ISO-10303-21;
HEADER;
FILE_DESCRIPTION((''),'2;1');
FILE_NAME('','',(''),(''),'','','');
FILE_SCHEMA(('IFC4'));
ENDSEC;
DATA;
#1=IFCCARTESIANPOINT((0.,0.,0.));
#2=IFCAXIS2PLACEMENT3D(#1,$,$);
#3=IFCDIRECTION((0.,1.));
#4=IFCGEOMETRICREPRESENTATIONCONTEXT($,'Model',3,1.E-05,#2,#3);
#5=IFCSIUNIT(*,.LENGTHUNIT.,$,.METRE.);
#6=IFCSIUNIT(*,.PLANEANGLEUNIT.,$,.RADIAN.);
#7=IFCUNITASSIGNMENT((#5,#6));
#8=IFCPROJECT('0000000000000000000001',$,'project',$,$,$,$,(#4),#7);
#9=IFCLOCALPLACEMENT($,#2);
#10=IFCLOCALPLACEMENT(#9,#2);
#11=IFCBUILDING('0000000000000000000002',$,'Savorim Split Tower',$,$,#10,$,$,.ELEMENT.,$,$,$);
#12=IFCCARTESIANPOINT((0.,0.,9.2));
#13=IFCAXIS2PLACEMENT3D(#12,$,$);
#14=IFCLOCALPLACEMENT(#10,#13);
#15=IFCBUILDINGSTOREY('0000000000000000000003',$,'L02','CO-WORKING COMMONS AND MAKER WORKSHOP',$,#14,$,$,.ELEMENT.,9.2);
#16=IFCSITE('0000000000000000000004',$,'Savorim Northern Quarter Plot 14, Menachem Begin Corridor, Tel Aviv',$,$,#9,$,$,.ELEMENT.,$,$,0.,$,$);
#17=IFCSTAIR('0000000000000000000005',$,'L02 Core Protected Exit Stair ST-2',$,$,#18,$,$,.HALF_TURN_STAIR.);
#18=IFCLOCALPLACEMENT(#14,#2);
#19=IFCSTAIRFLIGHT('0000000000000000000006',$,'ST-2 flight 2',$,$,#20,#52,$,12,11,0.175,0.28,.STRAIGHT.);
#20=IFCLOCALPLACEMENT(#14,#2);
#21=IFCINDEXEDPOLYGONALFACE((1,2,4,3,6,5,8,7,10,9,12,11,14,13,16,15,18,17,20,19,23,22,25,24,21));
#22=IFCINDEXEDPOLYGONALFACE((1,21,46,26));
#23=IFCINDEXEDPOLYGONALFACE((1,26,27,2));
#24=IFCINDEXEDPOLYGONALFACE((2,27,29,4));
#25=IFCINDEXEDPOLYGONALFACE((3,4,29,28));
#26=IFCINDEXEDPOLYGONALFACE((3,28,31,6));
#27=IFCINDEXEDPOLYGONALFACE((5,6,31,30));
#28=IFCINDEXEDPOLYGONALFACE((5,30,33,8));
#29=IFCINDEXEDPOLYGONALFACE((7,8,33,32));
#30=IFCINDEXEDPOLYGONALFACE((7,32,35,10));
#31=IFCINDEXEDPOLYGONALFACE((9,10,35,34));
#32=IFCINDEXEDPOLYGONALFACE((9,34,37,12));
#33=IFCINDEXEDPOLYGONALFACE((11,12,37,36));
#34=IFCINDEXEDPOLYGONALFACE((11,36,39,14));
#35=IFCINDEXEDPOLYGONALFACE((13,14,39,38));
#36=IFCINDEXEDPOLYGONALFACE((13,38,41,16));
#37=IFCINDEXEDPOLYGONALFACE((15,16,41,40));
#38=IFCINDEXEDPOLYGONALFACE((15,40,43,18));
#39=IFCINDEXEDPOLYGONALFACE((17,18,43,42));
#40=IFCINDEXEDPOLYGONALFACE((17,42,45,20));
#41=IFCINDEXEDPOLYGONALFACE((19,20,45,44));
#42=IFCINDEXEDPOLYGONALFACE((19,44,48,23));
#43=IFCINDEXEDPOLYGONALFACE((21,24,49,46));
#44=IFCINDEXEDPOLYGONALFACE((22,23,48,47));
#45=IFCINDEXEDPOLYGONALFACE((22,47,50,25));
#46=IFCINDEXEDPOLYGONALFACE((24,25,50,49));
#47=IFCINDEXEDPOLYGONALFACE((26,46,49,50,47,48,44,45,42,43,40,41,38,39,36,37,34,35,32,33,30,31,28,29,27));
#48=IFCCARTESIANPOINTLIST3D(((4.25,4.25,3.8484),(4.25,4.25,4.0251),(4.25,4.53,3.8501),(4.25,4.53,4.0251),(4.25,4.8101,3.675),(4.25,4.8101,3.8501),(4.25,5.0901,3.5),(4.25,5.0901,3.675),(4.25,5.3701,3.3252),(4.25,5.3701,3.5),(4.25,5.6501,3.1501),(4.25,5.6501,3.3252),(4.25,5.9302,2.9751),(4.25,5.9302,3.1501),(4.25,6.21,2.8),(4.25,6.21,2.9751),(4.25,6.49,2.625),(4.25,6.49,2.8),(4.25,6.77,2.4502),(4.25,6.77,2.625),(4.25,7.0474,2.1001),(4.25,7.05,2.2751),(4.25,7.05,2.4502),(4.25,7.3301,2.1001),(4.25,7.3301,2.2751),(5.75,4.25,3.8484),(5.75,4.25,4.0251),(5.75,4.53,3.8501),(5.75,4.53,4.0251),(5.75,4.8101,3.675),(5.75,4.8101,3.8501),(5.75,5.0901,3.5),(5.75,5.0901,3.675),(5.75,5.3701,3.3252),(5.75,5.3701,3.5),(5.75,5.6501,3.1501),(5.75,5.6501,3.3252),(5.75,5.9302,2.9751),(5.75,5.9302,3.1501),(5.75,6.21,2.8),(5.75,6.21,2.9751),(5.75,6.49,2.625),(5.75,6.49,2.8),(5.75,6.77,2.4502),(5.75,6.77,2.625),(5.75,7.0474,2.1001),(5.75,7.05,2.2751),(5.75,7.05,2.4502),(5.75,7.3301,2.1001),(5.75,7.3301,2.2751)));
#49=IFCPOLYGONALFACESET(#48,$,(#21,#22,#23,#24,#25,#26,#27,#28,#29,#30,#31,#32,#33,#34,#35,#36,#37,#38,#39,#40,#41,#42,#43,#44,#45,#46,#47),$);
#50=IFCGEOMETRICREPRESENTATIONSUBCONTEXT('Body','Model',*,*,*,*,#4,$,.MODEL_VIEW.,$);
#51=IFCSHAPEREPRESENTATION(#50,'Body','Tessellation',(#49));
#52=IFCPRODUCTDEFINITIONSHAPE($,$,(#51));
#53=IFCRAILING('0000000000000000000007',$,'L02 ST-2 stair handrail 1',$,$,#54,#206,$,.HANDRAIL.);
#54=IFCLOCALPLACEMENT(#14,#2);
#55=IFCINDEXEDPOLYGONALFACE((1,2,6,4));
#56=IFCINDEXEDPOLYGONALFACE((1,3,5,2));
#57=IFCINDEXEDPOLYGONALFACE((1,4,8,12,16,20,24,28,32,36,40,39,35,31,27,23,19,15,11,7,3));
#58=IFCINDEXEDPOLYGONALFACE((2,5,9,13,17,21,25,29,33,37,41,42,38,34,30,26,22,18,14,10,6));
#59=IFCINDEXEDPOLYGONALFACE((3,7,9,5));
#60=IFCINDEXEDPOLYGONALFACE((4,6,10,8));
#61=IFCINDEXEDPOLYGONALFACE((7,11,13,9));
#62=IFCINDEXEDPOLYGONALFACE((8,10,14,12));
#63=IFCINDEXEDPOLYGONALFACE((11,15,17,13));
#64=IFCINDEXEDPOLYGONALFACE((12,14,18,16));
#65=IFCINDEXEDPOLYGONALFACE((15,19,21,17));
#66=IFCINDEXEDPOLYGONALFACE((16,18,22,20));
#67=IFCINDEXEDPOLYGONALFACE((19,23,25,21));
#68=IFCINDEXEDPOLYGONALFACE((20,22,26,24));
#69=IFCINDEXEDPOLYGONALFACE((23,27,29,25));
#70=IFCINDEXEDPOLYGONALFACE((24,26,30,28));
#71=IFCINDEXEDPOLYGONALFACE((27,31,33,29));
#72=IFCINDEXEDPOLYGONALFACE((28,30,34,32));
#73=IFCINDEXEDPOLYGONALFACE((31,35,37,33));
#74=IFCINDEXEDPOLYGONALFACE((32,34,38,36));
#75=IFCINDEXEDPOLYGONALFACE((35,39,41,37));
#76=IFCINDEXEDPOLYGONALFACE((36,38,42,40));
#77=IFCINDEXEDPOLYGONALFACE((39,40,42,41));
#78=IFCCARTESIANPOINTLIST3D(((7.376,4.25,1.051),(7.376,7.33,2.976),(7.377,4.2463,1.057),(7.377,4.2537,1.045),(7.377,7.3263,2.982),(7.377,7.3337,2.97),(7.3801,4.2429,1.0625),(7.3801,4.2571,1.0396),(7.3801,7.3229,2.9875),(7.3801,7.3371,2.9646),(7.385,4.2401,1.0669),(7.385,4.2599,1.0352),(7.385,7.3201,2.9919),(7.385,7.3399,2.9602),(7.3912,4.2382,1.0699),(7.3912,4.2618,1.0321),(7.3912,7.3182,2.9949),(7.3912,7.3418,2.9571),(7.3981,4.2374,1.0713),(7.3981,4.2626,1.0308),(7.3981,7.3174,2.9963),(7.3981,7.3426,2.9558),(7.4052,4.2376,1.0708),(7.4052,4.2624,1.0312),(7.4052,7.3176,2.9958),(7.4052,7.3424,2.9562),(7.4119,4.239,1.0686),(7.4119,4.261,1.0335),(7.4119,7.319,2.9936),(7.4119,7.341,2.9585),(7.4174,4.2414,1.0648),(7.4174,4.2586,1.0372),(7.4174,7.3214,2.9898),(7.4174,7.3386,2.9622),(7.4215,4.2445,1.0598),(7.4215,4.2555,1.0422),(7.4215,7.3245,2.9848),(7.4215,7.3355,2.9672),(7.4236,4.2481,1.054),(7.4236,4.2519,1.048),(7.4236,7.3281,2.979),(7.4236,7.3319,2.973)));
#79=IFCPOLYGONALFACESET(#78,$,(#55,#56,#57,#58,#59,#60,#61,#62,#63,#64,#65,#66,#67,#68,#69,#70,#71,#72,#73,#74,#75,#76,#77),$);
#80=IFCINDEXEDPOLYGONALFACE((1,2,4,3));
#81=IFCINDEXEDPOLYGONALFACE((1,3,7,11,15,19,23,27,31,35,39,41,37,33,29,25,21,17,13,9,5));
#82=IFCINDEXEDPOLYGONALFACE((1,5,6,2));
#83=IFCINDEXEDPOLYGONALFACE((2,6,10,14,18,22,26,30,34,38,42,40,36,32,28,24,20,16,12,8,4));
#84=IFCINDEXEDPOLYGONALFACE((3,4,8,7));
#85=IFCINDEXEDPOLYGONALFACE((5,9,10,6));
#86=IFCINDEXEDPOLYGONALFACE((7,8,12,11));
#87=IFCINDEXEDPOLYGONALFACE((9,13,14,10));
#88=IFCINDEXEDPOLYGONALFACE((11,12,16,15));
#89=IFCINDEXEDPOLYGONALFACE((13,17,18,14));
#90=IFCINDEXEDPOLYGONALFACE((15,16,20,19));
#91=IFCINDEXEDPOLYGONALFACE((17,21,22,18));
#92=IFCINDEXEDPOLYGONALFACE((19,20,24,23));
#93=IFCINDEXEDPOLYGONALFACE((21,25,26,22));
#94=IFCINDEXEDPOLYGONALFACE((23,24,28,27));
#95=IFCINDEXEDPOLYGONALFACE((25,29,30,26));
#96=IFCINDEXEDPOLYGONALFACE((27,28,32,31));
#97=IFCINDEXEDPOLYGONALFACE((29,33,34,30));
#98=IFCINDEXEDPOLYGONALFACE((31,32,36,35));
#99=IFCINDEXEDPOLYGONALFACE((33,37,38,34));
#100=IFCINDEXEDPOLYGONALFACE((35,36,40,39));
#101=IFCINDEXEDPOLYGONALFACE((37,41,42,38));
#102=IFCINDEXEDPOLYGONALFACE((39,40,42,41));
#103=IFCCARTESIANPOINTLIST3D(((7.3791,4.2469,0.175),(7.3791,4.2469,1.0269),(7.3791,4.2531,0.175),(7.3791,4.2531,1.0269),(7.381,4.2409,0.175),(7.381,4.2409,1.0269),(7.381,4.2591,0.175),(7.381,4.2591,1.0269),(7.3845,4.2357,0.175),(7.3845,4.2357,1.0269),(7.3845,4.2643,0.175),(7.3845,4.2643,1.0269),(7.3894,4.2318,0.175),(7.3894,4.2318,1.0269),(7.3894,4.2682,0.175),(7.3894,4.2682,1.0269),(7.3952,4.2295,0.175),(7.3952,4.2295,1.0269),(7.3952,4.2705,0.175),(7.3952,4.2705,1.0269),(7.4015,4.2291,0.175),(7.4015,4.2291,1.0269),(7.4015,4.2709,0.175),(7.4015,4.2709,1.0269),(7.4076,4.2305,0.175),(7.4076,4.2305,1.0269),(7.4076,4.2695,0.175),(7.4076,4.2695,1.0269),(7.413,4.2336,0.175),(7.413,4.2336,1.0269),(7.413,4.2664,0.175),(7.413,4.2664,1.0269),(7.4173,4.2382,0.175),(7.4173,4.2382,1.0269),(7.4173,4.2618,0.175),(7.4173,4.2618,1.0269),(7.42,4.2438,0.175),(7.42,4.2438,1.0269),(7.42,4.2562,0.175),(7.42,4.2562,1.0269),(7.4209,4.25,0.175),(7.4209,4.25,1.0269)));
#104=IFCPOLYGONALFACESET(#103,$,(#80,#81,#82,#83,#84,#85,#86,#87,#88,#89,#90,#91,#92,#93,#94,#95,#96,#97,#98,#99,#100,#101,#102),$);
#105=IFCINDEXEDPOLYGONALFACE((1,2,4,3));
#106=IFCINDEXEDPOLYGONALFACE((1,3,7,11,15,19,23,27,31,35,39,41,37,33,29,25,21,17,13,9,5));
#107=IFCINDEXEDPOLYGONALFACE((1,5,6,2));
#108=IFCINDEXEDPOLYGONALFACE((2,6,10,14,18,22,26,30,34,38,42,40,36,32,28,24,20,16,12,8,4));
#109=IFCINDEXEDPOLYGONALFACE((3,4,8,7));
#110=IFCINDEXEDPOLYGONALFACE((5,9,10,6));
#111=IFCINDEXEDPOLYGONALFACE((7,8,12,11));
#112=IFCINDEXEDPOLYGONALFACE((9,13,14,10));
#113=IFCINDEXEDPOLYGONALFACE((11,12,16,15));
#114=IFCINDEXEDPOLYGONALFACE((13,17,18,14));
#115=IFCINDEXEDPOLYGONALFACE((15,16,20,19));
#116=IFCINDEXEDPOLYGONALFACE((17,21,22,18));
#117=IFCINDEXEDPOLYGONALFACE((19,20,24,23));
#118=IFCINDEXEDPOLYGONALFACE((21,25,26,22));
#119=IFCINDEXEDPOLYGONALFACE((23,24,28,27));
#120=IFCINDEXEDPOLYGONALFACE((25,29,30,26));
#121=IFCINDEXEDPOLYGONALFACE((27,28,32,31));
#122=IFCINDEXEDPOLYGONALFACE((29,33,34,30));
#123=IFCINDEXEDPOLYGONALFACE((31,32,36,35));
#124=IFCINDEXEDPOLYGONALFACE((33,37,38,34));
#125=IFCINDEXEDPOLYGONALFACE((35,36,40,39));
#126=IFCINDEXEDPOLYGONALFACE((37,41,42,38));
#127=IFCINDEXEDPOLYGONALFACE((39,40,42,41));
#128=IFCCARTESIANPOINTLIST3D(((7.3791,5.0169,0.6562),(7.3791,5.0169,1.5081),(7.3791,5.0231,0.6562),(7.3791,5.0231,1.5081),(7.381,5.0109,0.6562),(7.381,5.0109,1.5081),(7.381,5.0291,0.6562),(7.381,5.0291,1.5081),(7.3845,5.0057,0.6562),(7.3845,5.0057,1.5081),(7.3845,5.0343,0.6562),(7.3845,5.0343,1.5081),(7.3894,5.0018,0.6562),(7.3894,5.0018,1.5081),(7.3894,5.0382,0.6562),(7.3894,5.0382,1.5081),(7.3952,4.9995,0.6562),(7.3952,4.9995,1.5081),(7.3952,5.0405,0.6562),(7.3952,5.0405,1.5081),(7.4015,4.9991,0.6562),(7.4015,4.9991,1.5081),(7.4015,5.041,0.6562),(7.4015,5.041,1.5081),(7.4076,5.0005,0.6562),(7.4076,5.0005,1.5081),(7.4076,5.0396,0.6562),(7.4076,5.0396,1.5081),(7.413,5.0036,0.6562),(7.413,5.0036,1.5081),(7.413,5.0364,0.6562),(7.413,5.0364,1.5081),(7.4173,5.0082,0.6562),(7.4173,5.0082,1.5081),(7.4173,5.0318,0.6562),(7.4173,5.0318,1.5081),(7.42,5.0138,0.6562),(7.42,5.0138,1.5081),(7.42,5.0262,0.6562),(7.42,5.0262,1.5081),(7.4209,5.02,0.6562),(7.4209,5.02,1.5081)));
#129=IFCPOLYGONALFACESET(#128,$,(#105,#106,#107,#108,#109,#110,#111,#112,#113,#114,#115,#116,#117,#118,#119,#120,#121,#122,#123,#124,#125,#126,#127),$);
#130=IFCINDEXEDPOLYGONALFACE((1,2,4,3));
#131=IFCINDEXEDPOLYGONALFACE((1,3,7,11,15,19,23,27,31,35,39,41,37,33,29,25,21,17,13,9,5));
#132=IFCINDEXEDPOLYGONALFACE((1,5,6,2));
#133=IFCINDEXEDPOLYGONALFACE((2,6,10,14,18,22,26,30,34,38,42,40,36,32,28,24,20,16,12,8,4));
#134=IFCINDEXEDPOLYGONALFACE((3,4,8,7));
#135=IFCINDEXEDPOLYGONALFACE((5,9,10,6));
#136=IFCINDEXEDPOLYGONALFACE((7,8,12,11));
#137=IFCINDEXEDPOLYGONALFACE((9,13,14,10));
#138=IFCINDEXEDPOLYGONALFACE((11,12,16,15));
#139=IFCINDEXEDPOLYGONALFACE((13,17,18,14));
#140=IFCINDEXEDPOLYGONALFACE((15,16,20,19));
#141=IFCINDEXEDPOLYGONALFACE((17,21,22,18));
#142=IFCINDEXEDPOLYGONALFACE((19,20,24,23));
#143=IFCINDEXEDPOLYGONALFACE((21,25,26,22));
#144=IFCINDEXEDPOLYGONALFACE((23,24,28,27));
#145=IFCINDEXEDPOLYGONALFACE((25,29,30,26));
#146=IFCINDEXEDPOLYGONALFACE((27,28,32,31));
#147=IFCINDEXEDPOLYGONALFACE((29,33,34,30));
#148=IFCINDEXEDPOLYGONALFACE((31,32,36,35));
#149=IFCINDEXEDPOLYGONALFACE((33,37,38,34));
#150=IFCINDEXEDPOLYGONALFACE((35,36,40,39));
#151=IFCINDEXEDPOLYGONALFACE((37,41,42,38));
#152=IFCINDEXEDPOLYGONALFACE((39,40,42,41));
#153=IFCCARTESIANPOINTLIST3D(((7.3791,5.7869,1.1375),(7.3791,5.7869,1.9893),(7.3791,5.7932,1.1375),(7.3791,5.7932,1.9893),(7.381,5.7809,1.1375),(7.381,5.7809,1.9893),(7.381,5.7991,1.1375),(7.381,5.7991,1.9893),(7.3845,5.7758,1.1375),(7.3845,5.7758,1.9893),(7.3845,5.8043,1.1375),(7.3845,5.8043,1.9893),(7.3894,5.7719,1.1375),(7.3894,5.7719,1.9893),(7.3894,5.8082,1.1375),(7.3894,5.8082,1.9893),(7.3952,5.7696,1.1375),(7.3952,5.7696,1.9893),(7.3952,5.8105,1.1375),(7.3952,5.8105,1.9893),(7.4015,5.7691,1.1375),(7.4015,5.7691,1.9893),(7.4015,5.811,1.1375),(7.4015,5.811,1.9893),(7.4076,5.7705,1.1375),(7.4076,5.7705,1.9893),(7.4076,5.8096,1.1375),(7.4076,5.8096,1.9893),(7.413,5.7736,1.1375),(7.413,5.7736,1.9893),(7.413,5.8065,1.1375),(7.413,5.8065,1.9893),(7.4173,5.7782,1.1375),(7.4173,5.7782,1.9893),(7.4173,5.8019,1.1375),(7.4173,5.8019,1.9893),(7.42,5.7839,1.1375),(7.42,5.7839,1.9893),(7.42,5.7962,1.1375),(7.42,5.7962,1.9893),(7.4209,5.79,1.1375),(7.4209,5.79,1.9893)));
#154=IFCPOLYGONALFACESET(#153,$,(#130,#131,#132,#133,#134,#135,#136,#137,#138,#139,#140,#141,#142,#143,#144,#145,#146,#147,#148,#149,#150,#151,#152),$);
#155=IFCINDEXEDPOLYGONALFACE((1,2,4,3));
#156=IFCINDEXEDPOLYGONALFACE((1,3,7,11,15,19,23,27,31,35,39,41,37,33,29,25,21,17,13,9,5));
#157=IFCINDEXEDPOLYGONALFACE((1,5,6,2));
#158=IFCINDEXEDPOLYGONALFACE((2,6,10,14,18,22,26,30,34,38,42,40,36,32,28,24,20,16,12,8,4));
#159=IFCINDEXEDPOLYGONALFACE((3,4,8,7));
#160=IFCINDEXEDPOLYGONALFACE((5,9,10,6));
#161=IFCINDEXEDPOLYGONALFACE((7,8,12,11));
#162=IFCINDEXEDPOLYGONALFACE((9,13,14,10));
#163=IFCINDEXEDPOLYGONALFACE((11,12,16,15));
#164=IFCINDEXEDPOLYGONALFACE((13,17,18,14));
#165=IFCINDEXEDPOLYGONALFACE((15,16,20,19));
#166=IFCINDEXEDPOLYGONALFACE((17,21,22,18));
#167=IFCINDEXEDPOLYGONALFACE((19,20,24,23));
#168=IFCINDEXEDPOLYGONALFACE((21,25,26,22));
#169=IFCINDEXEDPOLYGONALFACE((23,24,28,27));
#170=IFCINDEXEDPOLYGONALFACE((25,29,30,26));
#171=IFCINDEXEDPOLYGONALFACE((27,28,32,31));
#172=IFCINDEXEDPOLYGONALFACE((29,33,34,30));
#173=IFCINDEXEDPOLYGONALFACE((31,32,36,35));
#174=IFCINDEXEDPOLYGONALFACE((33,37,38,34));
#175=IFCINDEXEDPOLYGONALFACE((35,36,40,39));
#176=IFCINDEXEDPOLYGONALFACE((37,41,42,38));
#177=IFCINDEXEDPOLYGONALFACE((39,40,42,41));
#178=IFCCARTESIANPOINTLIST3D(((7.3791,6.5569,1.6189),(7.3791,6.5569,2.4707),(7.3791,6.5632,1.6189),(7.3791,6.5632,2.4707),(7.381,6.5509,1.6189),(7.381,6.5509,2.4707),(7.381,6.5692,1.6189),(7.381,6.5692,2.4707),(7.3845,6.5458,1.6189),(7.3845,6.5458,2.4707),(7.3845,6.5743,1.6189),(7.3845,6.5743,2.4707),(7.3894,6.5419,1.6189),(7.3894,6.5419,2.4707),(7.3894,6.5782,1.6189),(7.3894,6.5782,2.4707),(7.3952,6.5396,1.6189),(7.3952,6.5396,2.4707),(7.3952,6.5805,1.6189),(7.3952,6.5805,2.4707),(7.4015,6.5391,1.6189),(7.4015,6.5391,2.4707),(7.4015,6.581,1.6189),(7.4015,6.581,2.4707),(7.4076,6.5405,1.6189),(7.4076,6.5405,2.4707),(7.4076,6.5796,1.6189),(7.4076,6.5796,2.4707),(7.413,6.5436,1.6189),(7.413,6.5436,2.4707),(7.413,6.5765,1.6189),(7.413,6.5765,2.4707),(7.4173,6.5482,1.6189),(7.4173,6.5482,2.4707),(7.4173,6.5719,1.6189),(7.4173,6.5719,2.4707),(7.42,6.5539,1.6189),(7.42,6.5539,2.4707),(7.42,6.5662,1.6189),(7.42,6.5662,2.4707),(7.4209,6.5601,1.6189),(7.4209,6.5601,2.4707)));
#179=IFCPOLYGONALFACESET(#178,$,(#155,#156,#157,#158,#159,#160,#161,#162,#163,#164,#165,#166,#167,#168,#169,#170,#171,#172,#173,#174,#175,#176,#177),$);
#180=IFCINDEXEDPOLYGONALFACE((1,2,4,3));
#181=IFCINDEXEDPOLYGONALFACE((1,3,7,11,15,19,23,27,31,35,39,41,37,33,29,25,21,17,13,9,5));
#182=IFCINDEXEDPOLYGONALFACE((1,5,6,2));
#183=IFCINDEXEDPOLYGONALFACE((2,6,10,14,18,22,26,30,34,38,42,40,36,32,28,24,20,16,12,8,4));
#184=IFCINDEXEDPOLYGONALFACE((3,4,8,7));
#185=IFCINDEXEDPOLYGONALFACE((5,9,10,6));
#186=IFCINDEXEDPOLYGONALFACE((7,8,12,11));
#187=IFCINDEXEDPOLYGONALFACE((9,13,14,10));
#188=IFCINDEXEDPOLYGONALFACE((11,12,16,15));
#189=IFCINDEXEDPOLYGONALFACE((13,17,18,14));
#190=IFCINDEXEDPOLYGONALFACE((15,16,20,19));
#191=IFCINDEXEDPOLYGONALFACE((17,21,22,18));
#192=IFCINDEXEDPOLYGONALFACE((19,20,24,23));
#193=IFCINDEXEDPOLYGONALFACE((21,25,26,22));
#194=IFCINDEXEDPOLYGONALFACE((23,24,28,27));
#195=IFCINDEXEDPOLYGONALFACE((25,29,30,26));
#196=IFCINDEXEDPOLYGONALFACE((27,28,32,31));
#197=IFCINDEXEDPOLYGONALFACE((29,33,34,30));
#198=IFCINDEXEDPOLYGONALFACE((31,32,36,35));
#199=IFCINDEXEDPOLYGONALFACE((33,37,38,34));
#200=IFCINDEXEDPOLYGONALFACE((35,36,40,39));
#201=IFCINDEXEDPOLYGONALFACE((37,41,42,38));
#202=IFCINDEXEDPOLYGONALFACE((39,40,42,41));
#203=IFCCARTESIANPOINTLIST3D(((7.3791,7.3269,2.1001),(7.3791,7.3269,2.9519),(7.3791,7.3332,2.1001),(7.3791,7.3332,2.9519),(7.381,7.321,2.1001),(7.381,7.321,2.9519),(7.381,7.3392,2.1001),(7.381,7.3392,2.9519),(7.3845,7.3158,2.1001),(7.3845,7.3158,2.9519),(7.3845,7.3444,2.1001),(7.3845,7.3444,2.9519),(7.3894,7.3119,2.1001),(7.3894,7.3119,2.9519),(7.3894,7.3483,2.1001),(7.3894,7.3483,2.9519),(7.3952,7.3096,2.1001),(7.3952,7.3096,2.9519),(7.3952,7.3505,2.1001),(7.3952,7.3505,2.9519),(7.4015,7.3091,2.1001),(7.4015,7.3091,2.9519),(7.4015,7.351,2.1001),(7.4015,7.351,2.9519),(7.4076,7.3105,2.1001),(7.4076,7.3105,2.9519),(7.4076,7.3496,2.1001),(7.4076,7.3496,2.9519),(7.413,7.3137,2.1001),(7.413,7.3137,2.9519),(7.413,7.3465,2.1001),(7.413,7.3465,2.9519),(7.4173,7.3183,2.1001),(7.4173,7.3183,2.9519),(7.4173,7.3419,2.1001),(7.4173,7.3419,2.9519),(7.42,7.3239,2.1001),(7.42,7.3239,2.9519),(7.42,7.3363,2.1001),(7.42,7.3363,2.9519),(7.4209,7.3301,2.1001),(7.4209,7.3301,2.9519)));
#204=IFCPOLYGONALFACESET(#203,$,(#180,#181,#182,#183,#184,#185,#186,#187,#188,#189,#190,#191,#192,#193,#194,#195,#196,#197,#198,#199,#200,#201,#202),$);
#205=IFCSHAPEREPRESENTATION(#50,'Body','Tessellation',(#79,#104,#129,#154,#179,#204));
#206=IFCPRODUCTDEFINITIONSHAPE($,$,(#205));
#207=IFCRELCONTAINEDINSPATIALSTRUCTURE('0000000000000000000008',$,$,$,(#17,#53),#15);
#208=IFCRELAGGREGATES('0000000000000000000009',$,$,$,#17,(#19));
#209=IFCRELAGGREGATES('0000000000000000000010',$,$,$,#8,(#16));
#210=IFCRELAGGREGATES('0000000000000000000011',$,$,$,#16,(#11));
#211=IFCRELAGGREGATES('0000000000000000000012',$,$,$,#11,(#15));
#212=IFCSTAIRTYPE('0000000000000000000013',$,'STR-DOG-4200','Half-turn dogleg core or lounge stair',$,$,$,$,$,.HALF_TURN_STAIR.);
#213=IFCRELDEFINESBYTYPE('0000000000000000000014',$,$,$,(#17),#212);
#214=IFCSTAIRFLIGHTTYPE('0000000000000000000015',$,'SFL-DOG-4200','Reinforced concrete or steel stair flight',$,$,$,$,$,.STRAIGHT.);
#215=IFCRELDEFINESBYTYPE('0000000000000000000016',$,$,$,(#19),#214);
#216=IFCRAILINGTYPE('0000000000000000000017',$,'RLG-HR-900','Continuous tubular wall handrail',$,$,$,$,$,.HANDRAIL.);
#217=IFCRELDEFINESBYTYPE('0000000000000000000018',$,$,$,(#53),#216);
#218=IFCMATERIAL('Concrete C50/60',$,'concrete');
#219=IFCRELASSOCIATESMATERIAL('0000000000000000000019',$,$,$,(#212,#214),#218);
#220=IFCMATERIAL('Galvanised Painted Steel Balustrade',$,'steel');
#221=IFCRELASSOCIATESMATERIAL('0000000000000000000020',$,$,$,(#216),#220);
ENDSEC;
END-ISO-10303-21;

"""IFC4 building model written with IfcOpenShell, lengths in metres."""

from ifc_helpers import new_model, si_unit, direction, frame, origin, origin_2d, place, context, subcontext, project, spatial, polyline, circle, outline, extrude, material, type_object, element, aggregate, save


model = new_model("IFC4")

# Units and contexts
model_context = context("Model", 3, precision=1e-05, world=origin(), true_north=direction((0.0, 1.0)))
body_context = subcontext(model_context, "Body", "Model", "MODEL_VIEW")
ifc_project = project(units=[si_unit("LENGTHUNIT", "METRE"), si_unit("PLANEANGLEUNIT", "RADIAN")], contexts=[model_context])

# Site, building, storey
site_placement = place(None, origin())
site = spatial("IfcSite", under=ifc_project, at=site_placement, Name="Savorim Northern Quarter Plot 14, Menachem Begin Corridor, Tel Aviv", CompositionType="ELEMENT", RefElevation=0.0)
building_placement = place(site_placement, origin())
building = spatial("IfcBuilding", under=site, at=building_placement, Name="Savorim Split Tower", CompositionType="ELEMENT")
storey_placement = place(building_placement, frame((0.0, 0.0, 9.2)))
storey = spatial("IfcBuildingStorey", under=building, at=storey_placement, Name="L02", Description="CO-WORKING COMMONS AND MAKER WORKSHOP", CompositionType="ELEMENT", Elevation=9.2)

# Shared definitions
ifc_material_1 = material(Name="Concrete C50/60", Category="concrete")

# Stair, stair flight
stair_type = type_object("IfcStairType", Name="STR-DOG-4200", Description="Half-turn dogleg core or lounge stair", PredefinedType="HALF_TURN_STAIR", material=ifc_material_1)
stair_placement = place(storey_placement, origin())
stair = element("IfcStair", 1, at=stair_placement, inside=storey, type_object=stair_type, Name="L02 Core Protected Exit Stair ST-2", PredefinedType="HALF_TURN_STAIR")
stair_flight_type = type_object("IfcStairFlightType", Name="SFL-DOG-4200", Description="Reinforced concrete or steel stair flight", PredefinedType="STRAIGHT", material=ifc_material_1)
stair_flight_placement = place(storey_placement, frame((5.0, 7.3301, 2.1001), z_axis=(0.0, 0.0, 1.0), x_axis=(0.0, -1.0, 0.0)))
stair_flight = element("IfcStairFlight", 2, at=stair_flight_placement, type_object=stair_flight_type, Name="ST-2 flight 2", NumberOfRisers=12, NumberOfTreads=11, PredefinedType="STRAIGHT", RiserHeight=0.175, TreadLength=0.28, context=body_context, shape_type="SweptSolid", body=[
    extrude(outline(polyline([(0.0, 0.0), (0.0, 0.175), (0.28, 0.175), (0.28, 0.3501), (0.5601, 0.3501), (0.5601, 0.5249), (0.8401, 0.5249), (0.8401, 0.7), (1.1201, 0.7), (1.1201, 0.875), (1.3999, 0.875), (1.3999, 1.05), (1.6799, 1.05), (1.6799, 1.2251), (1.96, 1.2251), (1.96, 1.3999), (2.24, 1.3999), (2.24, 1.575), (2.52, 1.575), (2.52, 1.75), (2.8, 1.75), (2.8, 1.925), (3.0801, 1.925), (3.0801, 2.1001), (3.0801, 1.7483), (0.2827, 0.0), (0.0, 0.0)])), frame((0.0, 0.75, 0.0), z_axis=(0.0, -1.0, 0.0), x_axis=(1.0, 0.0, 0.0)), (0.0, 0.0, 1.0), 1.5),
])
aggregate(stair, [stair_flight])

# Railing
ifc_material_2 = material(Name="Galvanised Painted Steel Balustrade", Category="steel")
railing_type_1 = type_object("IfcRailingType", Name="RLG-HR-900", Description="Continuous tubular wall handrail", PredefinedType="HANDRAIL", material=ifc_material_2)
railing_1_placement = place(storey_placement, frame((7.3999, 4.25, 0.175)))
element("IfcRailing", 3, at=railing_1_placement, inside=storey, type_object=railing_type_1, Name="L02 ST-2 stair handrail 1", PredefinedType="HANDRAIL", context=body_context, shape_type="SweptSolid", body=[
    extrude(circle(Radius=0.0239, at=origin_2d()), frame((0.0, 0.0, 0.876), z_axis=(0.0, 0.847998, 0.529999), x_axis=(-1.0, 0.0, 0.0)), (0.0, 0.0, 1.0), 3.6321),
    extrude(circle(Radius=0.021, at=origin_2d()), origin(), (0.0, 0.0, 1.0), 0.8518),
    extrude(circle(Radius=0.021, at=origin_2d()), frame((0.0, 0.77, 0.4812)), (0.0, 0.0, 1.0), 0.8518),
    extrude(circle(Radius=0.021, at=origin_2d()), frame((0.0, 1.54, 0.9624)), (0.0, 0.0, 1.0), 0.8518),
    extrude(circle(Radius=0.021, at=origin_2d()), frame((0.0, 2.3101, 1.4438)), (0.0, 0.0, 1.0), 0.8518),
    extrude(circle(Radius=0.021, at=origin_2d()), frame((0.0, 3.0801, 1.925)), (0.0, 0.0, 1.0), 0.8518),
])

save(model, "model.ifc")
